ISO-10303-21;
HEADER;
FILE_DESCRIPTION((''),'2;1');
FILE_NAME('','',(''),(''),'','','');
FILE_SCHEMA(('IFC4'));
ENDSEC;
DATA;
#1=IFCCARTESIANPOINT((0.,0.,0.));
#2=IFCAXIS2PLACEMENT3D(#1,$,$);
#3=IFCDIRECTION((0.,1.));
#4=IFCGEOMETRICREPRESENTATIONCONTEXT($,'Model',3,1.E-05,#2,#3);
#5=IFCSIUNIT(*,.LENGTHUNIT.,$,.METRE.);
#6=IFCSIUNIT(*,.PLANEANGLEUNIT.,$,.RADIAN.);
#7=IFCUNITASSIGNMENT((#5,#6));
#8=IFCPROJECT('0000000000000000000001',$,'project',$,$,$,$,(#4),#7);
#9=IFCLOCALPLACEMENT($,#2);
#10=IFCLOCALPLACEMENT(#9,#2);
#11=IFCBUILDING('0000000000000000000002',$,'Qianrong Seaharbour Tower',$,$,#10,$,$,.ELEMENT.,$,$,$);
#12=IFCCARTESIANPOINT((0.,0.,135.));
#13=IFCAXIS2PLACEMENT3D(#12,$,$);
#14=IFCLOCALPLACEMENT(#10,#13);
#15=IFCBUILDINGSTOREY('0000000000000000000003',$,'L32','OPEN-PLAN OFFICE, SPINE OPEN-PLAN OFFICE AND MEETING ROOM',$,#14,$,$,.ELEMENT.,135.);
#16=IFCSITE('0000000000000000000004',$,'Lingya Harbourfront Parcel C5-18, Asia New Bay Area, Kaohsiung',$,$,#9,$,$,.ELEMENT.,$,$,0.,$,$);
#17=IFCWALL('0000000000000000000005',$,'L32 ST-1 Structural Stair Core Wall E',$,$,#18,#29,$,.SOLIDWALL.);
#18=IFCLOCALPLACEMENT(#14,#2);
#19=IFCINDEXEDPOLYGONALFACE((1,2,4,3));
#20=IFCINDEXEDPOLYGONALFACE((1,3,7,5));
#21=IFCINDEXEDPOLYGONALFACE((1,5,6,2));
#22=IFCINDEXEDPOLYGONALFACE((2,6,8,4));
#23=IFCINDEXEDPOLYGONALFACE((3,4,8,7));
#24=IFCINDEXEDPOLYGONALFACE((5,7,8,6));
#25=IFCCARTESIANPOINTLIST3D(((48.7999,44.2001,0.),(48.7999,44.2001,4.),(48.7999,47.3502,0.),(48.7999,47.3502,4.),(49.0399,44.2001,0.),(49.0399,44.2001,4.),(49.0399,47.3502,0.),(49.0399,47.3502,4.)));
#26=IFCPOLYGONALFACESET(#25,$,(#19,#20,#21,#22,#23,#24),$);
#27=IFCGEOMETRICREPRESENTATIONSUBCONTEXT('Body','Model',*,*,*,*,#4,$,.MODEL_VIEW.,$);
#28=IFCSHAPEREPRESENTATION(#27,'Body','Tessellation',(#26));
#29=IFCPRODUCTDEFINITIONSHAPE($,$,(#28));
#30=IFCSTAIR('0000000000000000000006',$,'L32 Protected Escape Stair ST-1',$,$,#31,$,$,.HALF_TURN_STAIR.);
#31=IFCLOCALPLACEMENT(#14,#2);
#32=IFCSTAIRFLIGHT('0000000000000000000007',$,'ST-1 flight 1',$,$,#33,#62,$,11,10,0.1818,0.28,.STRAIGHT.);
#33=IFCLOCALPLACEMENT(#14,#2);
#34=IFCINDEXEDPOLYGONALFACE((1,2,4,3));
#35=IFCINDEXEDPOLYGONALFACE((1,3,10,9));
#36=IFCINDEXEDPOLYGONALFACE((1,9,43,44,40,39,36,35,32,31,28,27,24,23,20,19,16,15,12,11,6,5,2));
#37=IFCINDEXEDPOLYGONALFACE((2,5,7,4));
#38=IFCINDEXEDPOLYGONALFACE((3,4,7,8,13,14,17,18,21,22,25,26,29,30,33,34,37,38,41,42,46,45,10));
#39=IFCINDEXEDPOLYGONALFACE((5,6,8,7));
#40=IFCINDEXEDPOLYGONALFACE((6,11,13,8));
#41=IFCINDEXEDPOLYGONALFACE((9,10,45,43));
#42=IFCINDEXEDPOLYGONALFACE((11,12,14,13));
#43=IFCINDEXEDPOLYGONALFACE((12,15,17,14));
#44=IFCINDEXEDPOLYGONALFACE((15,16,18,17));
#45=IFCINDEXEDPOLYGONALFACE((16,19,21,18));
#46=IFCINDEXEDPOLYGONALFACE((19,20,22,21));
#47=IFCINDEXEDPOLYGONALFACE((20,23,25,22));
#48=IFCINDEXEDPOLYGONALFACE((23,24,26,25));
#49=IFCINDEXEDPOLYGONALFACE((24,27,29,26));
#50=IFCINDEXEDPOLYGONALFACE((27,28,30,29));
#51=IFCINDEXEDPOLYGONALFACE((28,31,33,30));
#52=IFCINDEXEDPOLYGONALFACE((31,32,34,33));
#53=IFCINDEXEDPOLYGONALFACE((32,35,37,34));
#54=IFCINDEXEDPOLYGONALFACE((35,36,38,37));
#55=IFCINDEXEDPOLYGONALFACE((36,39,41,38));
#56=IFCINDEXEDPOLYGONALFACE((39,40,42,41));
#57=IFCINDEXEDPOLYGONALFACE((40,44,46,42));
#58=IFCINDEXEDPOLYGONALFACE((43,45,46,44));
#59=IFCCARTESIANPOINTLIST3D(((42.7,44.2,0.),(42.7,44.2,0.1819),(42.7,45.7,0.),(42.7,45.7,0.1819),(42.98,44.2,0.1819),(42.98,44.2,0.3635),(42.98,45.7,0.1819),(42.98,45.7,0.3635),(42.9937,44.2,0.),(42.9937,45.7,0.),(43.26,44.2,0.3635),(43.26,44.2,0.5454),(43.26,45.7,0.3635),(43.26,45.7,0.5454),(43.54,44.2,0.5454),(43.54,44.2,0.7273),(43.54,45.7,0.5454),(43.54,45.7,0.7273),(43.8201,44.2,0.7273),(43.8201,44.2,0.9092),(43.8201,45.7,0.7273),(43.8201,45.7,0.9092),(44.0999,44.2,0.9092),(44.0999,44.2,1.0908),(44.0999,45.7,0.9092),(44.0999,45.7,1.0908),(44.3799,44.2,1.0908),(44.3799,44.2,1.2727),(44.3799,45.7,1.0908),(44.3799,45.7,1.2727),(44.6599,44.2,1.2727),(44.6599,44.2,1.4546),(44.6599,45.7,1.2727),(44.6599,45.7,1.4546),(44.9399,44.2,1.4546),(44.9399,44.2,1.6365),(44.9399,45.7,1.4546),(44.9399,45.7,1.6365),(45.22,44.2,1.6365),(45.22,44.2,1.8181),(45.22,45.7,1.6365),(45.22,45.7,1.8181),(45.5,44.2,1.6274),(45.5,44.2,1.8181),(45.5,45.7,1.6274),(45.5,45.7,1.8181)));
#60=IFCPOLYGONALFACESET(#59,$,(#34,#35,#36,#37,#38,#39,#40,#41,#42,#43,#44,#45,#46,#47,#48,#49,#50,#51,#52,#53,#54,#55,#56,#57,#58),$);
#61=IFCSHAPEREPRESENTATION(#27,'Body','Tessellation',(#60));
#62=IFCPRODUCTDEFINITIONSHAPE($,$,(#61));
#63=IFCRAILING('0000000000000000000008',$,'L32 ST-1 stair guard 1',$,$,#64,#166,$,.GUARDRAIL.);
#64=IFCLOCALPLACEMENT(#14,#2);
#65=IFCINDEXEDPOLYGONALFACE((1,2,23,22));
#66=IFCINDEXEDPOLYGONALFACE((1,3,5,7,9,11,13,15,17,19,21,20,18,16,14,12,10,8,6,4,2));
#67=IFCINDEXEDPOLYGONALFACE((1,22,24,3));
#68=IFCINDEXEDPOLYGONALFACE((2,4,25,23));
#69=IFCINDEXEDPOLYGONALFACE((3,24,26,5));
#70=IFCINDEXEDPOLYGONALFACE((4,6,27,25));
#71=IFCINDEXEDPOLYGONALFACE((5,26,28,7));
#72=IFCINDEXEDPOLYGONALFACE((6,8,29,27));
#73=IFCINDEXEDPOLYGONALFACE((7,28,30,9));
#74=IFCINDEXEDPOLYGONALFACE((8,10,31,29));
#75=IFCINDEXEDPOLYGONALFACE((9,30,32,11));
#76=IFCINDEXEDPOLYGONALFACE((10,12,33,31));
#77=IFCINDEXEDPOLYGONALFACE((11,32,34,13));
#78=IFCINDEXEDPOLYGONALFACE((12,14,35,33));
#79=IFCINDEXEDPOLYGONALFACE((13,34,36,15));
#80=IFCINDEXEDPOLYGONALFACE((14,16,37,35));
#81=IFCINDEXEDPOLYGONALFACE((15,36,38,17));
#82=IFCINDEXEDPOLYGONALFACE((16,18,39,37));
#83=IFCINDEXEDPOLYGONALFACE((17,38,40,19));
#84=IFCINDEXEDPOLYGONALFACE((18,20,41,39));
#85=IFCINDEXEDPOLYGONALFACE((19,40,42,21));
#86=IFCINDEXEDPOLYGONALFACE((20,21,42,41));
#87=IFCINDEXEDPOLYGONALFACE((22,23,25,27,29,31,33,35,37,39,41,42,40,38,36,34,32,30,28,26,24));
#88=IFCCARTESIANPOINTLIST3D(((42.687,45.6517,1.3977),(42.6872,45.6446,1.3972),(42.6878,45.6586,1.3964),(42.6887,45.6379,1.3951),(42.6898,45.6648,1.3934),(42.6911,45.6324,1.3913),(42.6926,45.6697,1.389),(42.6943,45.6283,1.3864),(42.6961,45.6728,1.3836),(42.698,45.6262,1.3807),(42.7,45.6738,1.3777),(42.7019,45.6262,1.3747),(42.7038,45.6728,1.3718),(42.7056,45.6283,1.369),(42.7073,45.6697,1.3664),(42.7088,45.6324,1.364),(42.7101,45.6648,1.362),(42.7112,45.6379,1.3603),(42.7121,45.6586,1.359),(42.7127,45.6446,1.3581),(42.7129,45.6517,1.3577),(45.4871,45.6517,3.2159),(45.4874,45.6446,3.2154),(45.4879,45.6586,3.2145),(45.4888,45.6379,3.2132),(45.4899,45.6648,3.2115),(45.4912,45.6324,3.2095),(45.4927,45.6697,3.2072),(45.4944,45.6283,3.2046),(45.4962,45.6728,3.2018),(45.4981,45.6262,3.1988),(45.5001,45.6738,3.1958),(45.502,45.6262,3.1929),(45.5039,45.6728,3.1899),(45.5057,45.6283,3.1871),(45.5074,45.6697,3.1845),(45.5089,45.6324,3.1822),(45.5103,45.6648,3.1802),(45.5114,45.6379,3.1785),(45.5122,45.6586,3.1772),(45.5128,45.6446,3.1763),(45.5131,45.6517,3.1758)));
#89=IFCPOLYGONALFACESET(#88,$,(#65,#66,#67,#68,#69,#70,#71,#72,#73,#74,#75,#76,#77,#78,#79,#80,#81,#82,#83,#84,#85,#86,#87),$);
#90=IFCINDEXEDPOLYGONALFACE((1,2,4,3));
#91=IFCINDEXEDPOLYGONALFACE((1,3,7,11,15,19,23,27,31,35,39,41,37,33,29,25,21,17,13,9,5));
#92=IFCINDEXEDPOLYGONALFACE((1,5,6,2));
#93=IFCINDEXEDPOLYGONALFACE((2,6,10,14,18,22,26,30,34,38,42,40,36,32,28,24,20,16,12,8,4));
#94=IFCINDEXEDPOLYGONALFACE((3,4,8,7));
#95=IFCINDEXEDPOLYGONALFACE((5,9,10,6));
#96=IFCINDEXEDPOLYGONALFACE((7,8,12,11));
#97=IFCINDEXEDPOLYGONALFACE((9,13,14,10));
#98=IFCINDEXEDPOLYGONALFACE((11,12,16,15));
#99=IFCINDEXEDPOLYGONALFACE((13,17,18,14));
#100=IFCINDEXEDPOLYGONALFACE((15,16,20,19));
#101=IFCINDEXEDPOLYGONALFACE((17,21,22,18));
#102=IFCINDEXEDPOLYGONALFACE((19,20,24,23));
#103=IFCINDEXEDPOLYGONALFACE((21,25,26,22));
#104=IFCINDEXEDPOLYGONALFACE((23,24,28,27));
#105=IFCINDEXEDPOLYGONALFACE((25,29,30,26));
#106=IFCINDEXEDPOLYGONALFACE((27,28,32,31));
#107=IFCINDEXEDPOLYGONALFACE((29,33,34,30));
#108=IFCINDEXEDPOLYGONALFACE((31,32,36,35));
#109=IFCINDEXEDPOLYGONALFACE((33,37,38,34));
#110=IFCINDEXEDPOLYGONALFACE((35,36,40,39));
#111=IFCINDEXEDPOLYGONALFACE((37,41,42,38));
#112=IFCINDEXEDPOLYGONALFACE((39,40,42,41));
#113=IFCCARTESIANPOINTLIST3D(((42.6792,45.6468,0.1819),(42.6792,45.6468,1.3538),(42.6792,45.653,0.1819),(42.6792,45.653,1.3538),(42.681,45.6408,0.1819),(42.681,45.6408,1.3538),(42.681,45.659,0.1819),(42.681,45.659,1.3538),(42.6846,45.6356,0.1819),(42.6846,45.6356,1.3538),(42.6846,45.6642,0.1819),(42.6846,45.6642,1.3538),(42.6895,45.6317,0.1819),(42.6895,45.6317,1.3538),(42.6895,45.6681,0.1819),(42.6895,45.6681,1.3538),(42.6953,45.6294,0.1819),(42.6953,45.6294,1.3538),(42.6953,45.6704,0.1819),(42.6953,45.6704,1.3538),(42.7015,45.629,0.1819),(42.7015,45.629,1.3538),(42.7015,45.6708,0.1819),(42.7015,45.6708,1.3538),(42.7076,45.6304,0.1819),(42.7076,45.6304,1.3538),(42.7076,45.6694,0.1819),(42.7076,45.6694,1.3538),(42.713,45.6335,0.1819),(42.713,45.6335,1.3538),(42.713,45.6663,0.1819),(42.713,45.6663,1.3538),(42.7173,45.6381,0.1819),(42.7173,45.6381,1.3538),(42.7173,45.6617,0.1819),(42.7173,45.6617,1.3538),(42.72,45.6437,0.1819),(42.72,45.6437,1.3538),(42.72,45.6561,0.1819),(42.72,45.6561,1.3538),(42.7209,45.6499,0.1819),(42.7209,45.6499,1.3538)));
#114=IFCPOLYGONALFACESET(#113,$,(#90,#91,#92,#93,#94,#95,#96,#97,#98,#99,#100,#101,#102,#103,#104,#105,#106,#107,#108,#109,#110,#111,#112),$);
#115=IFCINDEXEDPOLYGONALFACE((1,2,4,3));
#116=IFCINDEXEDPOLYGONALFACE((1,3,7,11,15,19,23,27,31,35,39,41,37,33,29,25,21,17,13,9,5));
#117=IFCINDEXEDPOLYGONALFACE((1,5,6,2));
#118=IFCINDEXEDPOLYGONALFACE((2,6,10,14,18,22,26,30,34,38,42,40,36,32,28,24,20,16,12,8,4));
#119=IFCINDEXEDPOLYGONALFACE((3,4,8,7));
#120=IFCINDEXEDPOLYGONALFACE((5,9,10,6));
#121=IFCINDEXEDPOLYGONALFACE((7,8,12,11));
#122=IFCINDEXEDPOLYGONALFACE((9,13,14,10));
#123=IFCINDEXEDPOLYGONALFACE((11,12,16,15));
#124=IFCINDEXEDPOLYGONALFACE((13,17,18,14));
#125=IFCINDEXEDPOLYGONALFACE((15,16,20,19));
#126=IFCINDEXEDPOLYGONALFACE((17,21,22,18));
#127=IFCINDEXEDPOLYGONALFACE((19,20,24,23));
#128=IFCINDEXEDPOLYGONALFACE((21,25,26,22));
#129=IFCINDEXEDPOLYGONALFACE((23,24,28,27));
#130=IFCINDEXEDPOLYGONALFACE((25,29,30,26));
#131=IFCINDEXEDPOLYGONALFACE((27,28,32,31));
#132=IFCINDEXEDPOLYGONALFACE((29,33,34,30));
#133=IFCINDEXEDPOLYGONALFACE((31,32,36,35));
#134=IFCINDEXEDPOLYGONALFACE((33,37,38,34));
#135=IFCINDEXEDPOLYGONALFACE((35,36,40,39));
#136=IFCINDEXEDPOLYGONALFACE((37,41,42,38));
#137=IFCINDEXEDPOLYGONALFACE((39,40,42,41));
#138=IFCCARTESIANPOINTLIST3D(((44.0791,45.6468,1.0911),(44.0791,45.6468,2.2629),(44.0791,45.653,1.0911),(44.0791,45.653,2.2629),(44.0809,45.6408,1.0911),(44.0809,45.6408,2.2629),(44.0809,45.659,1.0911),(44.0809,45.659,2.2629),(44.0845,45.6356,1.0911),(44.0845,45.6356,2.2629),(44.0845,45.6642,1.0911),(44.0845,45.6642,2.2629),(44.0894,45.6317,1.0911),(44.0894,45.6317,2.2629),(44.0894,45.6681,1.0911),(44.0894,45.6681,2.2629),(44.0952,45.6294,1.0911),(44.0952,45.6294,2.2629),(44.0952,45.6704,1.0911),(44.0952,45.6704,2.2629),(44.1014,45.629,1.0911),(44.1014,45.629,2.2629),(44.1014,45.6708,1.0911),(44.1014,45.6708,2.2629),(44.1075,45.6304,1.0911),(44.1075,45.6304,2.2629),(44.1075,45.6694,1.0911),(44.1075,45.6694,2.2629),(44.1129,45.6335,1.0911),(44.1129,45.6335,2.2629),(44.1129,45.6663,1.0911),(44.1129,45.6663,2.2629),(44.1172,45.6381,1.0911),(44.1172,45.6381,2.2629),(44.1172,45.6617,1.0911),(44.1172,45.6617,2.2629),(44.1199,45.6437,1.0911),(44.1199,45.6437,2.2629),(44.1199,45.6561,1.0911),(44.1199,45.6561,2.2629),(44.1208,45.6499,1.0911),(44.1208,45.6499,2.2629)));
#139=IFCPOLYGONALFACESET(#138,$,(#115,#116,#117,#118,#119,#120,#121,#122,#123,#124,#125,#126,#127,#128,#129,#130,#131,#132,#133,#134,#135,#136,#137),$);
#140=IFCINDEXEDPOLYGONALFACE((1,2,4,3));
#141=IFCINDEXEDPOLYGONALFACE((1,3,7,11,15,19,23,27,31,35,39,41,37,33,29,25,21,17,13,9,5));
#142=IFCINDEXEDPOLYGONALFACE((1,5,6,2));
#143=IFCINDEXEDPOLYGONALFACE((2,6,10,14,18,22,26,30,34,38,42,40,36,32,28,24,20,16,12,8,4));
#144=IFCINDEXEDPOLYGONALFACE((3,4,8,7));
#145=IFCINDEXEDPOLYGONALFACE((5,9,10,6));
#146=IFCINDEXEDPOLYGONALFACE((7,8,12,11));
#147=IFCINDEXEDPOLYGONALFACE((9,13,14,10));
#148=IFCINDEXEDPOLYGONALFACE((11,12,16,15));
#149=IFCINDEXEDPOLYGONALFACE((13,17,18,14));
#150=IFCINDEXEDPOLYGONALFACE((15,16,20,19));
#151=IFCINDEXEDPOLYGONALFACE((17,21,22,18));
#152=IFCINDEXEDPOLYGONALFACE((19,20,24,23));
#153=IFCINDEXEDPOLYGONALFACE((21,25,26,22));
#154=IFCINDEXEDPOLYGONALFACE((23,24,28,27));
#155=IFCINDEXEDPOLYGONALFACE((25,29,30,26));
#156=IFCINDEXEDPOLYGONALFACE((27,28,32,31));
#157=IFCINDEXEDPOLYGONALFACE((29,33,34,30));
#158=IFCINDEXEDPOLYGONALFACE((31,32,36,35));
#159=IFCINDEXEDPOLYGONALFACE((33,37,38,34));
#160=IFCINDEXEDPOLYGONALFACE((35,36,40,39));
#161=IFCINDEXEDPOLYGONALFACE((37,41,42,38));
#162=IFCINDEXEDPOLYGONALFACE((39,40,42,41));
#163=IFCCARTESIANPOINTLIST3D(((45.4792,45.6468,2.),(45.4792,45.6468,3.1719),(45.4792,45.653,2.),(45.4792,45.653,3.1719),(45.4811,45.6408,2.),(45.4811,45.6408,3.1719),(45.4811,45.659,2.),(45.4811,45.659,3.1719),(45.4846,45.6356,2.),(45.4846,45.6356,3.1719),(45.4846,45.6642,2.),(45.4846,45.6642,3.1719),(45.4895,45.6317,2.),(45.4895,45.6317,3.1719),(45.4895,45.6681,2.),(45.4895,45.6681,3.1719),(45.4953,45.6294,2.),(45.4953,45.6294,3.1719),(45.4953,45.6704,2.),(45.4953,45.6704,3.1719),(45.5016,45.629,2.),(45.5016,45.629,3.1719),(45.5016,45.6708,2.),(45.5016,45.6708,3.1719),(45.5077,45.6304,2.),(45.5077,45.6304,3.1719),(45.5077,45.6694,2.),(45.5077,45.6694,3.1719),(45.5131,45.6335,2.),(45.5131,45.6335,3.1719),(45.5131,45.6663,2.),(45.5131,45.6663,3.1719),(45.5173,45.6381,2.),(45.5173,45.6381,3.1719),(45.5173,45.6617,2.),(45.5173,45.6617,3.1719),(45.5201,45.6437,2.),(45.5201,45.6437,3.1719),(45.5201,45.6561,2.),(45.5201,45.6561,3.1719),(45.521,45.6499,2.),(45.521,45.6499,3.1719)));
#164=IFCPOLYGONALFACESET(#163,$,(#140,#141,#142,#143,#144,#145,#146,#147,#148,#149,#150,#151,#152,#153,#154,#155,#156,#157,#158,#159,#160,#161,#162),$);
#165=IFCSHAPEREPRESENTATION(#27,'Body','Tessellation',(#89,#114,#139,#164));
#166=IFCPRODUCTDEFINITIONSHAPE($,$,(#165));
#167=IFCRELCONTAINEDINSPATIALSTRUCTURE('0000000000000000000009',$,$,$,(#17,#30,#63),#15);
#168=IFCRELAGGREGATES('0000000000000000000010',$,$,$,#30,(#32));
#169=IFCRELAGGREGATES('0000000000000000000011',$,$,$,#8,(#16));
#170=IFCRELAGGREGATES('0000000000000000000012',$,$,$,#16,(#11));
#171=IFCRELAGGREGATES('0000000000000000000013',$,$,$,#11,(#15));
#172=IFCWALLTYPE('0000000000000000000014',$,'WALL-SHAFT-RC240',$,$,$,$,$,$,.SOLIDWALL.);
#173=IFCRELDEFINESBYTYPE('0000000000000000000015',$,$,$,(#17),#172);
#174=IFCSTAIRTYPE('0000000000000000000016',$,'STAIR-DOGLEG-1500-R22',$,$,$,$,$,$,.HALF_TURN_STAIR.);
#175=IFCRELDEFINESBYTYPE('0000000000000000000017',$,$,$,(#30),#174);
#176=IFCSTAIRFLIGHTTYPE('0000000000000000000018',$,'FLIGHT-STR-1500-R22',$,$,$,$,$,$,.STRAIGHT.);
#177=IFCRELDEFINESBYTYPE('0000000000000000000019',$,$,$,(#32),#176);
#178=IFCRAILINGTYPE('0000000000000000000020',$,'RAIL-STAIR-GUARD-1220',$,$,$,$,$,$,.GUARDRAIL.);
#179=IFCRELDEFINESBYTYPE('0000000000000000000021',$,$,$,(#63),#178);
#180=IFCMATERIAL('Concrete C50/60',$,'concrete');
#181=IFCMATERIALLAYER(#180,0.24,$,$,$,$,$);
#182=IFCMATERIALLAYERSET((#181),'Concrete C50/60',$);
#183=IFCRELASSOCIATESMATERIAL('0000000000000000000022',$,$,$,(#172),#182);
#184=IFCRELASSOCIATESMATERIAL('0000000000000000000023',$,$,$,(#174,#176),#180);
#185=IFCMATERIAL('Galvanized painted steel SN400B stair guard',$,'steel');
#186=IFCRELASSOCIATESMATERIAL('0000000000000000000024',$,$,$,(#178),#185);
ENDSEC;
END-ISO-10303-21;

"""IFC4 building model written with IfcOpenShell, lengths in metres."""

from ifc_helpers import new_model, si_unit, direction, frame, frame_2d, origin, origin_2d, place, context, subcontext, project, spatial, polyline, rectangle, circle, outline, extrude, material, layer, layer_set, type_object, element, aggregate, save


model = new_model("IFC4")

# Units and contexts
model_context = context("Model", 3, precision=1e-05, world=origin(), true_north=direction((0.0, 1.0)))
body_context = subcontext(model_context, "Body", "Model", "MODEL_VIEW")
ifc_project = project(units=[si_unit("LENGTHUNIT", "METRE"), si_unit("PLANEANGLEUNIT", "RADIAN")], contexts=[model_context])

# Site, building, storey
site_placement = place(None, origin())
site = spatial("IfcSite", under=ifc_project, at=site_placement, Name="Lingya Harbourfront Parcel C5-18, Asia New Bay Area, Kaohsiung", CompositionType="ELEMENT", RefElevation=0.0)
building_placement = place(site_placement, origin())
building = spatial("IfcBuilding", under=site, at=building_placement, Name="Qianrong Seaharbour Tower", CompositionType="ELEMENT")
storey_placement = place(building_placement, frame((0.0, 0.0, 135.0)))
storey = spatial("IfcBuildingStorey", under=building, at=storey_placement, Name="L32", Description="OPEN-PLAN OFFICE, SPINE OPEN-PLAN OFFICE AND MEETING ROOM", CompositionType="ELEMENT", Elevation=135.0)

# Wall
ifc_material_1 = material(Name="Concrete C50/60", Category="concrete")
ifc_layer_1 = layer(ifc_material_1, 0.24)
ifc_layer_set_1 = layer_set([ifc_layer_1], Name="Concrete C50/60")
wall_type_1 = type_object("IfcWallType", Name="WALL-SHAFT-RC240", PredefinedType="SOLIDWALL", material=ifc_layer_set_1)
wall_1_placement = place(storey_placement, frame((48.9199, 44.2, 0.0), z_axis=(0.0, 0.0, 1.0), x_axis=(0.0, 1.0, 0.0)))
element("IfcWall", 1, at=wall_1_placement, inside=storey, type_object=wall_type_1, Name="L32 ST-1 Structural Stair Core Wall E", PredefinedType="SOLIDWALL", context=body_context, shape_type="SweptSolid", body=[
    extrude(rectangle(XDim=3.1501, YDim=0.24, at=frame_2d((1.5752, 0.0))), origin(), (0.0, 0.0, 1.0), 4.0),
])

# Stair, stair flight
stair_type = type_object("IfcStairType", Name="STAIR-DOGLEG-1500-R22", PredefinedType="HALF_TURN_STAIR", material=ifc_material_1)
stair_placement = place(storey_placement, origin())
stair = element("IfcStair", 2, at=stair_placement, inside=storey, type_object=stair_type, Name="L32 Protected Escape Stair ST-1", PredefinedType="HALF_TURN_STAIR")
stair_flight_type = type_object("IfcStairFlightType", Name="FLIGHT-STR-1500-R22", PredefinedType="STRAIGHT", material=ifc_material_1)
stair_flight_placement = place(storey_placement, frame((42.7, 44.95, 0.0), z_axis=(0.0, 0.0, 1.0), x_axis=(1.0, 0.0, 0.0)))
stair_flight = element("IfcStairFlight", 3, at=stair_flight_placement, type_object=stair_flight_type, Name="ST-1 flight 1", NumberOfRisers=11, NumberOfTreads=10, PredefinedType="STRAIGHT", RiserHeight=0.1818, TreadLength=0.28, context=body_context, shape_type="SweptSolid", body=[
    extrude(outline(polyline([(0.0, 0.0), (0.0, 0.1819), (0.28, 0.1819), (0.28, 0.3635), (0.5601, 0.3635), (0.5601, 0.5454), (0.8401, 0.5454), (0.8401, 0.7273), (1.1201, 0.7273), (1.1201, 0.9092), (1.3999, 0.9092), (1.3999, 1.0908), (1.6799, 1.0908), (1.6799, 1.2727), (1.96, 1.2727), (1.96, 1.4546), (2.24, 1.4546), (2.24, 1.6365), (2.52, 1.6365), (2.52, 1.8181), (2.8, 1.8181), (2.8, 2.0), (2.8, 1.6274), (0.2937, 0.0), (0.0, 0.0)])), frame((0.0, 0.75, 0.0), z_axis=(0.0, -1.0, 0.0), x_axis=(1.0, 0.0, 0.0)), (0.0, 0.0, 1.0), 1.5),
])
aggregate(stair, [stair_flight])

# Railing
ifc_material_2 = material(Name="Galvanized painted steel SN400B stair guard", Category="steel")
railing_type_1 = type_object("IfcRailingType", Name="RAIL-STAIR-GUARD-1220", PredefinedType="GUARDRAIL", material=ifc_material_2)
railing_1_placement = place(storey_placement, frame((42.7, 45.6499, 0.1819)))
element("IfcRailing", 4, at=railing_1_placement, inside=storey, type_object=railing_type_1, Name="L32 ST-1 stair guard 1", PredefinedType="GUARDRAIL", context=body_context, shape_type="SweptSolid", body=[
    extrude(circle(Radius=0.0239, at=origin_2d()), frame((0.0, 0.0, 1.1958), z_axis=(0.838706, 0.0, 0.544585), x_axis=(0.0, 1.0, 0.0)), (0.0, 0.0, 1.0), 3.3386),
    extrude(circle(Radius=0.021, at=origin_2d()), origin(), (0.0, 0.0, 1.0), 1.1719),
    extrude(circle(Radius=0.021, at=origin_2d()), frame((1.3999, 0.0, 0.9092)), (0.0, 0.0, 1.0), 1.1719),
    extrude(circle(Radius=0.021, at=origin_2d()), frame((2.8, 0.0, 1.8181)), (0.0, 0.0, 1.0), 1.1719),
])

save(model, "model.ifc")
